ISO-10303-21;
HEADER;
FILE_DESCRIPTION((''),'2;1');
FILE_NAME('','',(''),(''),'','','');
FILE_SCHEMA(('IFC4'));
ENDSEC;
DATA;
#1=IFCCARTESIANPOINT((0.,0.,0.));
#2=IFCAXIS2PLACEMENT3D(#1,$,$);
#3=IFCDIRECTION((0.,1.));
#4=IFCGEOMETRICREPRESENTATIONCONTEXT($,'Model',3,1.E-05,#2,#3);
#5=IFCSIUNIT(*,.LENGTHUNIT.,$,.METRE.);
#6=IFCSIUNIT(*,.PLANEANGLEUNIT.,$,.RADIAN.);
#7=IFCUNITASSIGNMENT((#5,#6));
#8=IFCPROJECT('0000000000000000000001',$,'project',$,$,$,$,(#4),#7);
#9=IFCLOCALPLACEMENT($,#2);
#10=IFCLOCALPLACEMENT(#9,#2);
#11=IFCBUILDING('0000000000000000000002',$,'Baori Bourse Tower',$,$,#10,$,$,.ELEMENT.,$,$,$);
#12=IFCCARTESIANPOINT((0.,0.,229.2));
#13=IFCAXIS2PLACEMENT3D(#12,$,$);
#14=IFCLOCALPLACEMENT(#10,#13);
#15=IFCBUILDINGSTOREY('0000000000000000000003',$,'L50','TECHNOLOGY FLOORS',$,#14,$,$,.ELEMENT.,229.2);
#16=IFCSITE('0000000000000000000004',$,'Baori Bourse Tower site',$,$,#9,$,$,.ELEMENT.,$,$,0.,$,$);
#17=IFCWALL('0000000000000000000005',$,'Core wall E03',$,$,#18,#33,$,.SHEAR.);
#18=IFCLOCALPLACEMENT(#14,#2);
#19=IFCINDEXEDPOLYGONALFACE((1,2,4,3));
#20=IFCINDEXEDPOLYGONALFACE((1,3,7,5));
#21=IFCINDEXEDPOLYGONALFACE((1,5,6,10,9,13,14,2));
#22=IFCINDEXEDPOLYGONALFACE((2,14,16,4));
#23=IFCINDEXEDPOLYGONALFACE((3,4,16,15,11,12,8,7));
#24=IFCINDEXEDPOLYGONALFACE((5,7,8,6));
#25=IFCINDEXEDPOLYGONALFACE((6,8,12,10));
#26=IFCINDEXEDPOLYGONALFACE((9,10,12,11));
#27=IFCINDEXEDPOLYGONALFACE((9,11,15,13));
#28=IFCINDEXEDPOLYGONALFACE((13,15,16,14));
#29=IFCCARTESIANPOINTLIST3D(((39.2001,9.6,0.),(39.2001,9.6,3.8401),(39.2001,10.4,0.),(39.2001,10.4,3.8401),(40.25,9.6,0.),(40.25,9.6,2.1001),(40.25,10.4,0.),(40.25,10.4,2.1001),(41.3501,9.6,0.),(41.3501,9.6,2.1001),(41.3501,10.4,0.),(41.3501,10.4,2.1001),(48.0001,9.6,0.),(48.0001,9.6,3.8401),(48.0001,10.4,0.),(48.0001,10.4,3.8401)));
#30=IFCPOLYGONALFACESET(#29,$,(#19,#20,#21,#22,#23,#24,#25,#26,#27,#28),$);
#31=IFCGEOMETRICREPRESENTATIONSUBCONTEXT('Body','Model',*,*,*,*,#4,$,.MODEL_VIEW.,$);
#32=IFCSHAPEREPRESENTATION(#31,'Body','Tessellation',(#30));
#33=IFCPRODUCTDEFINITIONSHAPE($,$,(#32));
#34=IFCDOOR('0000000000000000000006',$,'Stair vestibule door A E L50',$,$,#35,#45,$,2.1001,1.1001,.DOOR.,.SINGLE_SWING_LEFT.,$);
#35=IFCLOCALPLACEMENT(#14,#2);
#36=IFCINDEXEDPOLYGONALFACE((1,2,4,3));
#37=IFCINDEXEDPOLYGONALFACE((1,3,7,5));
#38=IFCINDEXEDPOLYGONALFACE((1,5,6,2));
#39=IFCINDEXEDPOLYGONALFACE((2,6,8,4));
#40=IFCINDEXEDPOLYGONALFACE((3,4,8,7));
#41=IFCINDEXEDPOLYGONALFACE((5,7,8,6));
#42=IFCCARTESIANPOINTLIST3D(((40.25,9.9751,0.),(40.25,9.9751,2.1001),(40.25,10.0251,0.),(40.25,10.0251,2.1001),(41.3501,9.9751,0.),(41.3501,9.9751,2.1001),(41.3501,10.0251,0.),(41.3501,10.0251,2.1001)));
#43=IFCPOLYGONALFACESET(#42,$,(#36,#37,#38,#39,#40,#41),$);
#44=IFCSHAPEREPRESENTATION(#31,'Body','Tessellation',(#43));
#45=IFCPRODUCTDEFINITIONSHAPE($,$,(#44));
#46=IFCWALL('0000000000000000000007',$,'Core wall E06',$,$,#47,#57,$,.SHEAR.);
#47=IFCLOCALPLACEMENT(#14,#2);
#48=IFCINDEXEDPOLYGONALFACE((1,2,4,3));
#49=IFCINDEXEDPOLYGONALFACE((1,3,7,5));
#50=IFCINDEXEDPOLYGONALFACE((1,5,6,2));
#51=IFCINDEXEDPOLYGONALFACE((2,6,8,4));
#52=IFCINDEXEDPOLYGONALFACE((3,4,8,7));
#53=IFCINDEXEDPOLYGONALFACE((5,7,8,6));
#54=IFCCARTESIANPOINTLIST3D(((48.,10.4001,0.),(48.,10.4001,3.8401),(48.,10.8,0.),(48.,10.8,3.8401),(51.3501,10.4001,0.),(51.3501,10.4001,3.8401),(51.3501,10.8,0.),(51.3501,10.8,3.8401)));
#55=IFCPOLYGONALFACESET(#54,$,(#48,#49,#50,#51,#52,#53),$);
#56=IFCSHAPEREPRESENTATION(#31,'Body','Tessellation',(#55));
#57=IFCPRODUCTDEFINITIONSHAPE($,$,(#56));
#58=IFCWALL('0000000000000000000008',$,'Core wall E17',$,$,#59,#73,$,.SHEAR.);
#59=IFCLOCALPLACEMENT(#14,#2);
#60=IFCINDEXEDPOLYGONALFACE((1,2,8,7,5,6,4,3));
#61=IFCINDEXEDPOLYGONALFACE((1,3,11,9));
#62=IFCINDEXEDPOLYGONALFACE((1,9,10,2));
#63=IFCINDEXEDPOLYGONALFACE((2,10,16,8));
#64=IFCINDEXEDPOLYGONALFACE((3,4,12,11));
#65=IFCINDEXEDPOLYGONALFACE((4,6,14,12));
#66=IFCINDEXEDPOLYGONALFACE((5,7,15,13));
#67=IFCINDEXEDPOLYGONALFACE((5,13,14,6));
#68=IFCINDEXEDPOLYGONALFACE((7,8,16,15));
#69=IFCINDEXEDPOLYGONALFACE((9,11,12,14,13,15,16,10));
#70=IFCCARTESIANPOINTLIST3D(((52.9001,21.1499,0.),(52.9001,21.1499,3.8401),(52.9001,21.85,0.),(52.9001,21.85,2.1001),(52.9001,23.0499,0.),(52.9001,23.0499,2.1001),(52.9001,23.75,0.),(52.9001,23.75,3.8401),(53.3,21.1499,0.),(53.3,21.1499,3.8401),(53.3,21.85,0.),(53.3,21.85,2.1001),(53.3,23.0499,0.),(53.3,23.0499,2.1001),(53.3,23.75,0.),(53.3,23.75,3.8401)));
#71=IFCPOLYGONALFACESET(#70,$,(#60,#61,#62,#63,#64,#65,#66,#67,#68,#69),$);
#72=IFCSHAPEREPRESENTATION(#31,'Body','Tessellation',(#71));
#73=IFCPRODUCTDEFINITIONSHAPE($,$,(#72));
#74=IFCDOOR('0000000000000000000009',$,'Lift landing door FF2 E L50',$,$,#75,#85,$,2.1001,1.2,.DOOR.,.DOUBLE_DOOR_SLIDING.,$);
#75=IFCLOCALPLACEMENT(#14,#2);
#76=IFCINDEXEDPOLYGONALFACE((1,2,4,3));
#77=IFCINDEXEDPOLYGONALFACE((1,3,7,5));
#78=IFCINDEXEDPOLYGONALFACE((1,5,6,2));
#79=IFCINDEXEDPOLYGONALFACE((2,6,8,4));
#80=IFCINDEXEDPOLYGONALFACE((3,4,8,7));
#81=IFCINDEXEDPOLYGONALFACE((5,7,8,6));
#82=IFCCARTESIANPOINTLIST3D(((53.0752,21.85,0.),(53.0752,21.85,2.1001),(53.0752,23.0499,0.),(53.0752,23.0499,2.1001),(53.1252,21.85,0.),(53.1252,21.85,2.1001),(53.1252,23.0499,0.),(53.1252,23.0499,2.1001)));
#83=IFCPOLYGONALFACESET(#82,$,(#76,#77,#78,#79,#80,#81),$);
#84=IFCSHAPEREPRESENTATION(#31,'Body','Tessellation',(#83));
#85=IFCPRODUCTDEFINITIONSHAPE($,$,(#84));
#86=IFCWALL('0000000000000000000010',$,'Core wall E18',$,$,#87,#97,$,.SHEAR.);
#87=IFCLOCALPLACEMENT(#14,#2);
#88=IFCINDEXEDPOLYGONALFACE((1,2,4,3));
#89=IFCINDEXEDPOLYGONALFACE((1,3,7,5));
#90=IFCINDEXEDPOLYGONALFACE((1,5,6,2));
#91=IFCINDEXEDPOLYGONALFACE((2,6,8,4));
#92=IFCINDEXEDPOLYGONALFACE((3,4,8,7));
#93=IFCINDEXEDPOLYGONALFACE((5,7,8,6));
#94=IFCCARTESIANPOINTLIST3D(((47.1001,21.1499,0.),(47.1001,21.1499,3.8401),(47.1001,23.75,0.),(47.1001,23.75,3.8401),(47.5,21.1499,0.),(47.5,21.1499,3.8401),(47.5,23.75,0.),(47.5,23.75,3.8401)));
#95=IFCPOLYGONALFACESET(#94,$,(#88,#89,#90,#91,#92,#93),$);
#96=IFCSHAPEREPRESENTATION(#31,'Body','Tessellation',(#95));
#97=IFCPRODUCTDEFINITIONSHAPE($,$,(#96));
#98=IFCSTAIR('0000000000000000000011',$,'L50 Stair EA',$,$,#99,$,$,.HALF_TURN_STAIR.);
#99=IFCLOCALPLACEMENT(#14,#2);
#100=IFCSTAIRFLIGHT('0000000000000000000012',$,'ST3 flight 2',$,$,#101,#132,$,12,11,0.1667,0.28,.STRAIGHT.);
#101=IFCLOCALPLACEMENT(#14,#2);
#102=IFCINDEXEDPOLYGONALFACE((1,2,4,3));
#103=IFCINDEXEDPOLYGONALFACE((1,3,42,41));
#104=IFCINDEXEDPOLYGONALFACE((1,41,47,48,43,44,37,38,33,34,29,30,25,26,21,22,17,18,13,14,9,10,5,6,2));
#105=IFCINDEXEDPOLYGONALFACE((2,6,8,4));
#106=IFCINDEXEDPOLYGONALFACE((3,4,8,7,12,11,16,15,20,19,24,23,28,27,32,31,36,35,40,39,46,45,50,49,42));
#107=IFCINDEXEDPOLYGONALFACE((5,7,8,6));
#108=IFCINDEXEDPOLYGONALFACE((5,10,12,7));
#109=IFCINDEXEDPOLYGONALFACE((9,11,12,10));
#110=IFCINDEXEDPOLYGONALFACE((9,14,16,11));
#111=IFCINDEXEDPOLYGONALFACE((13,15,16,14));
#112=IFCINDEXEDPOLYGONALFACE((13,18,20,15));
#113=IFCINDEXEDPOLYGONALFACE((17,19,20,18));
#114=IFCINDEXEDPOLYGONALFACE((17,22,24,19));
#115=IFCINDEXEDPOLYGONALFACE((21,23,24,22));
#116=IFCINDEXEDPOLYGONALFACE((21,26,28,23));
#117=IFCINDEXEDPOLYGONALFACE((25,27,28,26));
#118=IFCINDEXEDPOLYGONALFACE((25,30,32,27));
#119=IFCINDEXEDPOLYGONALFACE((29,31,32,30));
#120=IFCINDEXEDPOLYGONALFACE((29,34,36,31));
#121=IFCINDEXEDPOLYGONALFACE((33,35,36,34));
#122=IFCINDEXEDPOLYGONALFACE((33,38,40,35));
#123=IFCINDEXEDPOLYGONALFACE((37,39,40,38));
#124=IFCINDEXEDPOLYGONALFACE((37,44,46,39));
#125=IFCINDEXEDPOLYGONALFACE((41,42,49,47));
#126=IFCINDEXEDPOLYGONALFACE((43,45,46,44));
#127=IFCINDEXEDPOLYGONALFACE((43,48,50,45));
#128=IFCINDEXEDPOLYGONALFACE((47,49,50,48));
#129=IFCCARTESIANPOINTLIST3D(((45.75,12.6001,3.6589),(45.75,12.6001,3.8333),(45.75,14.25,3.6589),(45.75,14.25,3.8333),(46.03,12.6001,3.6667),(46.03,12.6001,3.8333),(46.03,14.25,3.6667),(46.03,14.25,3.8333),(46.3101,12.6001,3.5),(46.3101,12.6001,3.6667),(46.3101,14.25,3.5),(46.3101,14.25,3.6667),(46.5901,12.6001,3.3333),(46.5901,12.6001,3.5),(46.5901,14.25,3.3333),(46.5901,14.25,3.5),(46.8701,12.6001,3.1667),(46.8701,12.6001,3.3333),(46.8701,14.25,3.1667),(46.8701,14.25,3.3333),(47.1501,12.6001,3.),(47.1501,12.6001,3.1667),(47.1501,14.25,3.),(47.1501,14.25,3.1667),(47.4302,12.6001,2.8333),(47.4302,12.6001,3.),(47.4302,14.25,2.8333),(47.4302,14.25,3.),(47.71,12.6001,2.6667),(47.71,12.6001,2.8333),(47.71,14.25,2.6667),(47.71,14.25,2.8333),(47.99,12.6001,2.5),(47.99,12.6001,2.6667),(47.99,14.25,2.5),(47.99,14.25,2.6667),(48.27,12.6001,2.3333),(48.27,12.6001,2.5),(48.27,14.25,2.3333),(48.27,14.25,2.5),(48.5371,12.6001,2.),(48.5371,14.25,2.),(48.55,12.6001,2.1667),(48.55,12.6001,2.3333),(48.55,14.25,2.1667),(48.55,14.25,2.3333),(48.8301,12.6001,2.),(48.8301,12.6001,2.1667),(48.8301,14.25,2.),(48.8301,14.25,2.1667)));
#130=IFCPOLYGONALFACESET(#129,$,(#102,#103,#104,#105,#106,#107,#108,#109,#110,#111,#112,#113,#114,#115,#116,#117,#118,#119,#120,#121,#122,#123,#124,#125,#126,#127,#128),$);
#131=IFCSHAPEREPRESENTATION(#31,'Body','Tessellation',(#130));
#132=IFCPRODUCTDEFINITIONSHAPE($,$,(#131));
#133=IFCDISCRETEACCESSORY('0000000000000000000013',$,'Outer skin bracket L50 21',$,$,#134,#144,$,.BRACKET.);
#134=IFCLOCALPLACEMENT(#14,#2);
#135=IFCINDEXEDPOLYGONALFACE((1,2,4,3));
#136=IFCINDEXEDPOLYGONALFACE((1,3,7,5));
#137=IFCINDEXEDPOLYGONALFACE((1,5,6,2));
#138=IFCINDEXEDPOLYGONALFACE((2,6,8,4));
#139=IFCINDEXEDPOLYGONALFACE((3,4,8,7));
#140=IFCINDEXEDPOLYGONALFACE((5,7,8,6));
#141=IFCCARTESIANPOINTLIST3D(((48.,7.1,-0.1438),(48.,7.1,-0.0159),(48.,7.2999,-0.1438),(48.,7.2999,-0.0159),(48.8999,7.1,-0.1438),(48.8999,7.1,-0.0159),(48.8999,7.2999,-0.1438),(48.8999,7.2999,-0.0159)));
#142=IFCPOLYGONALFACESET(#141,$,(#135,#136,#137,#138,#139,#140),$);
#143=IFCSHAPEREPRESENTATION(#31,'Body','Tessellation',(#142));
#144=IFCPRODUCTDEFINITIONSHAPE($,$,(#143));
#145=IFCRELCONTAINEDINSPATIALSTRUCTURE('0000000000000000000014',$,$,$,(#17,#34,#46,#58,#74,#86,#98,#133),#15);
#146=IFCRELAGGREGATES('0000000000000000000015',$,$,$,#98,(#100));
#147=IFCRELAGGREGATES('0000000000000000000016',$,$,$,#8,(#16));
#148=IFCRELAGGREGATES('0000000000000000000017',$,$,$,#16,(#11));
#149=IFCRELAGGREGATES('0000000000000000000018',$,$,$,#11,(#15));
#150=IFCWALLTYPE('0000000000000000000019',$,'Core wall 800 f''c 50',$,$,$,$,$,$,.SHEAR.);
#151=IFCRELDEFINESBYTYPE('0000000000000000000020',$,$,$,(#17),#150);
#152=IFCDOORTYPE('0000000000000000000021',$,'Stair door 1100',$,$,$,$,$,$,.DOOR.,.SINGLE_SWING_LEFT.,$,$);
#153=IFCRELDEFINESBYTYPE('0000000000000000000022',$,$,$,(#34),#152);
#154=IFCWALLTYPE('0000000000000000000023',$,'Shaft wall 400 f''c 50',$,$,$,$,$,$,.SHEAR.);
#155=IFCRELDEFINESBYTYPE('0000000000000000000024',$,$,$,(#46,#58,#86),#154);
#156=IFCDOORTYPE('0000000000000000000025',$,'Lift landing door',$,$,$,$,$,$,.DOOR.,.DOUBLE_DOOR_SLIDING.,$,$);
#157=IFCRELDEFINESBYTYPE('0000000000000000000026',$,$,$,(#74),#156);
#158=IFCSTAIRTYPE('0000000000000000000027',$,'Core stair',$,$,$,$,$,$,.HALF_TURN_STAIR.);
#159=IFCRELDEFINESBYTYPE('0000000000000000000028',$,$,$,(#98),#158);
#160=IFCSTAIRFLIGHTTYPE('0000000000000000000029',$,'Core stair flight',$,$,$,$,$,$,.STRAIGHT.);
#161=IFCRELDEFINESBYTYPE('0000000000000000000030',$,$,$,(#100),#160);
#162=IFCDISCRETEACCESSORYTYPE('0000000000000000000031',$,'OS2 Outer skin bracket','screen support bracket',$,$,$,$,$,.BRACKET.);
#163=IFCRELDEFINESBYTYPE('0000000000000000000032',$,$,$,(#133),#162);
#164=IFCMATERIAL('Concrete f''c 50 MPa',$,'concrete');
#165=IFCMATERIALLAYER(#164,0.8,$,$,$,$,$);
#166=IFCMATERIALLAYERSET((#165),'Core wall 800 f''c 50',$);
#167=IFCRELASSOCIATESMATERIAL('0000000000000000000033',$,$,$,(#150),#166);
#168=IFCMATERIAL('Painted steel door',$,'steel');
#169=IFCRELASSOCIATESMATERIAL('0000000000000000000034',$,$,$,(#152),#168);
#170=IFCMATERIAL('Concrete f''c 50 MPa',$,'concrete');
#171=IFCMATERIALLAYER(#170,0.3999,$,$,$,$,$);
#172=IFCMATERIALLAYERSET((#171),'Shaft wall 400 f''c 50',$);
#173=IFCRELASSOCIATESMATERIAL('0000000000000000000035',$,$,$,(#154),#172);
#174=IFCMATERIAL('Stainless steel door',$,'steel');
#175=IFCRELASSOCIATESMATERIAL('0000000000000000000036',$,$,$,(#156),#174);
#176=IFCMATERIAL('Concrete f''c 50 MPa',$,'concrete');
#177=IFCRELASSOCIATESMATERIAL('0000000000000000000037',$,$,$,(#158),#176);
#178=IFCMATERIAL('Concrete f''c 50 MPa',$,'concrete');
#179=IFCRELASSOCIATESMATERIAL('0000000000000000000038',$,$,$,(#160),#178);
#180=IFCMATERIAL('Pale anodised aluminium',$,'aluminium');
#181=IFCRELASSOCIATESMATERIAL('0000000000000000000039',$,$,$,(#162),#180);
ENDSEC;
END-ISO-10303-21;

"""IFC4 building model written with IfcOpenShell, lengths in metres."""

from ifc_helpers import new_model, si_unit, direction, frame, frame_2d, origin, origin_2d, place, context, subcontext, project, spatial, polyline, rectangle, outline, extrude, material, layer, layer_set, type_object, element, fill, aggregate, save


model = new_model("IFC4")

# Units and contexts
model_context = context("Model", 3, precision=1e-05, world=origin(), true_north=direction((0.0, 1.0)))
body_context = subcontext(model_context, "Body", "Model", "MODEL_VIEW")
ifc_project = project(units=[si_unit("LENGTHUNIT", "METRE"), si_unit("PLANEANGLEUNIT", "RADIAN")], contexts=[model_context])

# Site, building, storey
site_placement = place(None, origin())
site = spatial("IfcSite", under=ifc_project, at=site_placement, Name="Baori Bourse Tower site", CompositionType="ELEMENT", RefElevation=0.0)
building_placement = place(site_placement, origin())
building = spatial("IfcBuilding", under=site, at=building_placement, Name="Baori Bourse Tower", CompositionType="ELEMENT")
storey_placement = place(building_placement, frame((0.0, 0.0, 229.2)))
storey = spatial("IfcBuildingStorey", under=building, at=storey_placement, Name="L50", Description="TECHNOLOGY FLOORS", CompositionType="ELEMENT", Elevation=229.2)

# Shared definitions
ifc_material_1 = material(Name="Concrete f'c 50 MPa", Category="concrete")
ifc_layer_1 = layer(ifc_material_1, 0.8)
ifc_layer_set_1 = layer_set([ifc_layer_1], Name="Core wall 800 f'c 50")
wall_type_1 = type_object("IfcWallType", Name="Core wall 800 f'c 50", PredefinedType="SHEAR", material=ifc_layer_set_1)

# Wall, opening, door
wall_1_placement = place(storey_placement, frame((48.0, 10.0, 0.0), z_axis=(0.0, 0.0, 1.0), x_axis=(-1.0, 0.0, 0.0)))
wall_1 = element("IfcWall", 1, at=wall_1_placement, inside=storey, type_object=wall_type_1, Name="Core wall E03", PredefinedType="SHEAR", context=body_context, shape_type="SweptSolid", body=[
    extrude(rectangle(XDim=8.8, YDim=0.8, at=frame_2d((4.3999, 0.0))), origin(), (0.0, 0.0, 1.0), 3.8401),
])
opening_1_placement = place(wall_1_placement, frame((6.6499, 0.0, 0.0)))
opening_1 = element("IfcOpeningElement", 2, at=opening_1_placement, cuts=wall_1, PredefinedType="OPENING", context=body_context, shape_type="SweptSolid", body=[
    extrude(rectangle(XDim=1.1001, YDim=2.1001, at=frame_2d((0.55, 1.05))), frame((0.0, 0.4099, 0.0), z_axis=(0.0, -1.0, 0.0), x_axis=(1.0, 0.0, 0.0)), (0.0, 0.0, 1.0), 0.8201),
])
ifc_material_2 = material(Name="Painted steel door", Category="steel")
door_type_1 = type_object("IfcDoorType", Name="Stair door 1100", OperationType="SINGLE_SWING_LEFT", PredefinedType="DOOR", material=ifc_material_2)
door_1_placement = place(opening_1_placement, origin())
door_1 = element("IfcDoor", 3, at=door_1_placement, inside=storey, type_object=door_type_1, Name="Stair vestibule door A E L50", OperationType="SINGLE_SWING_LEFT", OverallHeight=2.1001, OverallWidth=1.1001, PredefinedType="DOOR", context=body_context, shape_type="SweptSolid", body=[
    extrude(rectangle(XDim=1.1001, YDim=2.1001, at=frame_2d((0.55, 1.05))), frame((0.0, 0.0249, 0.0), z_axis=(0.0, -1.0, 0.0), x_axis=(1.0, 0.0, 0.0)), (0.0, 0.0, 1.0), 0.05),
])
fill(opening_1, door_1)

# Wall
ifc_material_3 = material(Name="Concrete f'c 50 MPa", Category="concrete")
ifc_layer_2 = layer(ifc_material_3, 0.3999)
ifc_layer_set_2 = layer_set([ifc_layer_2], Name="Shaft wall 400 f'c 50")
wall_type_2 = type_object("IfcWallType", Name="Shaft wall 400 f'c 50", PredefinedType="SHEAR", material=ifc_layer_set_2)
wall_2_placement = place(storey_placement, frame((48.0, 10.6001, 0.0), z_axis=(0.0, 0.0, 1.0), x_axis=(1.0, 0.0, 0.0)))
element("IfcWall", 4, at=wall_2_placement, inside=storey, type_object=wall_type_2, Name="Core wall E06", PredefinedType="SHEAR", context=body_context, shape_type="SweptSolid", body=[
    extrude(rectangle(XDim=3.3501, YDim=0.3999, at=frame_2d((1.675, 0.0))), origin(), (0.0, 0.0, 1.0), 3.8401),
])

# Wall, opening, door
wall_3_placement = place(storey_placement, frame((53.1001, 21.1499, 0.0), z_axis=(0.0, 0.0, 1.0), x_axis=(0.0, 1.0, 0.0)))
wall_3 = element("IfcWall", 5, at=wall_3_placement, inside=storey, type_object=wall_type_2, Name="Core wall E17", PredefinedType="SHEAR", context=body_context, shape_type="SweptSolid", body=[
    extrude(rectangle(XDim=2.6001, YDim=0.3999, at=frame_2d((1.3, 0.0))), origin(), (0.0, 0.0, 1.0), 3.8401),
])
opening_2_placement = place(wall_3_placement, frame((0.7, 0.0, 0.0)))
opening_2 = element("IfcOpeningElement", 6, at=opening_2_placement, cuts=wall_3, PredefinedType="OPENING", context=body_context, shape_type="SweptSolid", body=[
    extrude(rectangle(XDim=1.2, YDim=2.1001, at=frame_2d((0.6001, 1.05))), frame((0.0, 0.21, 0.0), z_axis=(0.0, -1.0, 0.0), x_axis=(1.0, 0.0, 0.0)), (0.0, 0.0, 1.0), 0.4199),
])
ifc_material_4 = material(Name="Stainless steel door", Category="steel")
door_type_2 = type_object("IfcDoorType", Name="Lift landing door", OperationType="DOUBLE_DOOR_SLIDING", PredefinedType="DOOR", material=ifc_material_4)
door_2_placement = place(opening_2_placement, origin())
door_2 = element("IfcDoor", 7, at=door_2_placement, inside=storey, type_object=door_type_2, Name="Lift landing door FF2 E L50", OperationType="DOUBLE_DOOR_SLIDING", OverallHeight=2.1001, OverallWidth=1.2, PredefinedType="DOOR", context=body_context, shape_type="SweptSolid", body=[
    extrude(rectangle(XDim=1.2, YDim=2.1001, at=frame_2d((0.6001, 1.05))), frame((0.0, 0.0249, 0.0), z_axis=(0.0, -1.0, 0.0), x_axis=(1.0, 0.0, 0.0)), (0.0, 0.0, 1.0), 0.05),
])
fill(opening_2, door_2)

# Wall
wall_4_placement = place(storey_placement, frame((47.3, 21.1499, 0.0), z_axis=(0.0, 0.0, 1.0), x_axis=(0.0, 1.0, 0.0)))
element("IfcWall", 8, at=wall_4_placement, inside=storey, type_object=wall_type_2, Name="Core wall E18", PredefinedType="SHEAR", context=body_context, shape_type="SweptSolid", body=[
    extrude(rectangle(XDim=2.6001, YDim=0.3999, at=frame_2d((1.3, 0.0))), origin(), (0.0, 0.0, 1.0), 3.8401),
])

# Stair, stair flight
ifc_material_5 = material(Name="Concrete f'c 50 MPa", Category="concrete")
stair_type = type_object("IfcStairType", Name="Core stair", PredefinedType="HALF_TURN_STAIR", material=ifc_material_5)
stair_placement = place(storey_placement, origin())
stair = element("IfcStair", 9, at=stair_placement, inside=storey, type_object=stair_type, Name="L50 Stair EA", PredefinedType="HALF_TURN_STAIR")
ifc_material_6 = material(Name="Concrete f'c 50 MPa", Category="concrete")
stair_flight_type = type_object("IfcStairFlightType", Name="Core stair flight", PredefinedType="STRAIGHT", material=ifc_material_6)
stair_flight_placement = place(storey_placement, frame((48.8301, 13.425, 2.0), z_axis=(0.0, 0.0, 1.0), x_axis=(-1.0, 0.0, 0.0)))
stair_flight = element("IfcStairFlight", 10, at=stair_flight_placement, type_object=stair_flight_type, Name="ST3 flight 2", NumberOfRisers=12, NumberOfTreads=11, PredefinedType="STRAIGHT", RiserHeight=0.1667, TreadLength=0.28, context=body_context, shape_type="SweptSolid", body=[
    extrude(outline(polyline([(0.0, 0.0), (0.0, 0.1667), (0.28, 0.1667), (0.28, 0.3333), (0.5601, 0.3333), (0.5601, 0.5), (0.8401, 0.5), (0.8401, 0.6667), (1.1201, 0.6667), (1.1201, 0.8333), (1.3999, 0.8333), (1.3999, 1.0), (1.6799, 1.0), (1.6799, 1.1667), (1.96, 1.1667), (1.96, 1.3333), (2.24, 1.3333), (2.24, 1.5), (2.52, 1.5), (2.52, 1.6667), (2.8, 1.6667), (2.8, 1.8333), (3.0801, 1.8333), (3.0801, 2.0), (3.0801, 1.6589), (0.293, 0.0), (0.0, 0.0)])), frame((0.0, 0.825, 0.0), z_axis=(0.0, -1.0, 0.0), x_axis=(1.0, 0.0, 0.0)), (0.0, 0.0, 1.0), 1.6499),
])
aggregate(stair, [stair_flight])

# Discrete accessory
ifc_material_7 = material(Name="Pale anodised aluminium", Category="aluminium")
discrete_accessory_type = type_object("IfcDiscreteAccessoryType", Name="OS2 Outer skin bracket", Description="screen support bracket", PredefinedType="BRACKET", material=ifc_material_7)
discrete_accessory_placement = place(storey_placement, frame((48.45, 7.2, -0.1438), z_axis=(0.0, 0.0, 1.0), x_axis=(0.0, 1.0, 0.0)))
element("IfcDiscreteAccessory", 11, at=discrete_accessory_placement, inside=storey, type_object=discrete_accessory_type, Name="Outer skin bracket L50 21", PredefinedType="BRACKET", context=body_context, shape_type="SweptSolid", body=[
    extrude(rectangle(XDim=0.2, YDim=0.8999, at=origin_2d()), origin(), (0.0, 0.0, 1.0), 0.1279),
])

save(model, "model.ifc")
